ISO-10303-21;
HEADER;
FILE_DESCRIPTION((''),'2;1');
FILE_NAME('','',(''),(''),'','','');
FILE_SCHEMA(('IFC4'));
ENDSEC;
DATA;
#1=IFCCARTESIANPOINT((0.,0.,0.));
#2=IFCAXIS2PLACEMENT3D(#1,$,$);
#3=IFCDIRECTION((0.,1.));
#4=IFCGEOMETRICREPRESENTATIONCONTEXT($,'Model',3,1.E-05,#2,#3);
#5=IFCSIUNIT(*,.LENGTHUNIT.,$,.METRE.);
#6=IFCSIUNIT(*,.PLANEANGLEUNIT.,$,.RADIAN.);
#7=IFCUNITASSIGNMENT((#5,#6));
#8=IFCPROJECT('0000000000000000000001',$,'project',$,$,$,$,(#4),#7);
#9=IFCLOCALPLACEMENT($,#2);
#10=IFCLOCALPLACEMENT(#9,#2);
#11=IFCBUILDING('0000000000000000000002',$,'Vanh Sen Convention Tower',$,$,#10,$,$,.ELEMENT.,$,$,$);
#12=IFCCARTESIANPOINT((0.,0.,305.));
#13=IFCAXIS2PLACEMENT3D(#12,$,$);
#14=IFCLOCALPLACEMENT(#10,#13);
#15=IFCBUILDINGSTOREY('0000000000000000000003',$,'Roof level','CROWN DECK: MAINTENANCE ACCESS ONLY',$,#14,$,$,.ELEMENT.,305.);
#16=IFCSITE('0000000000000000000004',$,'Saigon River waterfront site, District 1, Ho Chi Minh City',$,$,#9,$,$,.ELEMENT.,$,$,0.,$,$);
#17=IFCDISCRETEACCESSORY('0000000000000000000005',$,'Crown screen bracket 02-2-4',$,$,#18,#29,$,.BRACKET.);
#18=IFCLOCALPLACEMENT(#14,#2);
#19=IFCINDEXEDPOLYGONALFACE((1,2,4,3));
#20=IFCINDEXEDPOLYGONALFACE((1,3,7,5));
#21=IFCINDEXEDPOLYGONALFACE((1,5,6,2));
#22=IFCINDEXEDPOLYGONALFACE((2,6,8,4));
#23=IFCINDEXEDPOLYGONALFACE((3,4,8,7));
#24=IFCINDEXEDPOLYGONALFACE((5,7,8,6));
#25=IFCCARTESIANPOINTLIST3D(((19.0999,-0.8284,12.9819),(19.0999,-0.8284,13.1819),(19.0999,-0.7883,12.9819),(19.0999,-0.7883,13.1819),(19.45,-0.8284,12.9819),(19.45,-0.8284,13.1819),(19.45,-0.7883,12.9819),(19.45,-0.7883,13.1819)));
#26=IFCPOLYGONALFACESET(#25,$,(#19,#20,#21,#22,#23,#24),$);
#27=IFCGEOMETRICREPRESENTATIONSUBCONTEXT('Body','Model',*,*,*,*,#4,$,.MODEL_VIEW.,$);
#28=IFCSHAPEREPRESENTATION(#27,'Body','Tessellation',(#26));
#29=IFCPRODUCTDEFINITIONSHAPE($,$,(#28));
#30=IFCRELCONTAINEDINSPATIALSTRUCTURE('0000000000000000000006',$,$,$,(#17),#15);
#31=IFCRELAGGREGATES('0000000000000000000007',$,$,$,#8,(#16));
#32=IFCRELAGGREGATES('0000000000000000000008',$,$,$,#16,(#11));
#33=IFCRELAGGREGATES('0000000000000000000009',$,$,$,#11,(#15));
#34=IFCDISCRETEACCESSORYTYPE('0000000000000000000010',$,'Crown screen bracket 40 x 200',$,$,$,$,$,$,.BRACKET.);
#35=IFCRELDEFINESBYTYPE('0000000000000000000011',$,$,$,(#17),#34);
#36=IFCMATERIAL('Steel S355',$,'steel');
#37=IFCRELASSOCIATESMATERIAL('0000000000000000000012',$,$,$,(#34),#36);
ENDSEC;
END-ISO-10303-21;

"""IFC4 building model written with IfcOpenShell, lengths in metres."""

from ifc_helpers import new_model, si_unit, direction, frame, origin, origin_2d, place, context, subcontext, project, spatial, rectangle, extrude, material, type_object, element, save


model = new_model("IFC4")

# Units and contexts
model_context = context("Model", 3, precision=1e-05, world=origin(), true_north=direction((0.0, 1.0)))
body_context = subcontext(model_context, "Body", "Model", "MODEL_VIEW")
ifc_project = project(units=[si_unit("LENGTHUNIT", "METRE"), si_unit("PLANEANGLEUNIT", "RADIAN")], contexts=[model_context])

# Site, building, storey
site_placement = place(None, origin())
site = spatial("IfcSite", under=ifc_project, at=site_placement, Name="Saigon River waterfront site, District 1, Ho Chi Minh City", CompositionType="ELEMENT", RefElevation=0.0)
building_placement = place(site_placement, origin())
building = spatial("IfcBuilding", under=site, at=building_placement, Name="Vanh Sen Convention Tower", CompositionType="ELEMENT")
storey_placement = place(building_placement, frame((0.0, 0.0, 305.0)))
storey = spatial("IfcBuildingStorey", under=building, at=storey_placement, Name="Roof level", Description="CROWN DECK: MAINTENANCE ACCESS ONLY", CompositionType="ELEMENT", Elevation=305.0)

# Discrete accessory
ifc_material_1 = material(Name="Steel S355", Category="steel")
discrete_accessory_type_1 = type_object("IfcDiscreteAccessoryType", Name="Crown screen bracket 40 x 200", PredefinedType="BRACKET", material=ifc_material_1)
for number, where, z_axis, x_axis, name in (
    (1, (19.2749, -0.8083, 12.9819), (0.0, 0.0, 1.0), (1.0, 0.0, 0.0), "Crown screen bracket 02-2-4"),
):
    element("IfcDiscreteAccessory", number, at=place(storey_placement, frame(where, z_axis=z_axis, x_axis=x_axis)), inside=storey, type_object=discrete_accessory_type_1, Name=name, PredefinedType="BRACKET", context=body_context, shape_type="SweptSolid", body=[
        extrude(rectangle(XDim=0.3501, YDim=0.04, at=origin_2d()), origin(), (0.0, 0.0, 1.0), 0.2),
    ])

save(model, "model.ifc")
